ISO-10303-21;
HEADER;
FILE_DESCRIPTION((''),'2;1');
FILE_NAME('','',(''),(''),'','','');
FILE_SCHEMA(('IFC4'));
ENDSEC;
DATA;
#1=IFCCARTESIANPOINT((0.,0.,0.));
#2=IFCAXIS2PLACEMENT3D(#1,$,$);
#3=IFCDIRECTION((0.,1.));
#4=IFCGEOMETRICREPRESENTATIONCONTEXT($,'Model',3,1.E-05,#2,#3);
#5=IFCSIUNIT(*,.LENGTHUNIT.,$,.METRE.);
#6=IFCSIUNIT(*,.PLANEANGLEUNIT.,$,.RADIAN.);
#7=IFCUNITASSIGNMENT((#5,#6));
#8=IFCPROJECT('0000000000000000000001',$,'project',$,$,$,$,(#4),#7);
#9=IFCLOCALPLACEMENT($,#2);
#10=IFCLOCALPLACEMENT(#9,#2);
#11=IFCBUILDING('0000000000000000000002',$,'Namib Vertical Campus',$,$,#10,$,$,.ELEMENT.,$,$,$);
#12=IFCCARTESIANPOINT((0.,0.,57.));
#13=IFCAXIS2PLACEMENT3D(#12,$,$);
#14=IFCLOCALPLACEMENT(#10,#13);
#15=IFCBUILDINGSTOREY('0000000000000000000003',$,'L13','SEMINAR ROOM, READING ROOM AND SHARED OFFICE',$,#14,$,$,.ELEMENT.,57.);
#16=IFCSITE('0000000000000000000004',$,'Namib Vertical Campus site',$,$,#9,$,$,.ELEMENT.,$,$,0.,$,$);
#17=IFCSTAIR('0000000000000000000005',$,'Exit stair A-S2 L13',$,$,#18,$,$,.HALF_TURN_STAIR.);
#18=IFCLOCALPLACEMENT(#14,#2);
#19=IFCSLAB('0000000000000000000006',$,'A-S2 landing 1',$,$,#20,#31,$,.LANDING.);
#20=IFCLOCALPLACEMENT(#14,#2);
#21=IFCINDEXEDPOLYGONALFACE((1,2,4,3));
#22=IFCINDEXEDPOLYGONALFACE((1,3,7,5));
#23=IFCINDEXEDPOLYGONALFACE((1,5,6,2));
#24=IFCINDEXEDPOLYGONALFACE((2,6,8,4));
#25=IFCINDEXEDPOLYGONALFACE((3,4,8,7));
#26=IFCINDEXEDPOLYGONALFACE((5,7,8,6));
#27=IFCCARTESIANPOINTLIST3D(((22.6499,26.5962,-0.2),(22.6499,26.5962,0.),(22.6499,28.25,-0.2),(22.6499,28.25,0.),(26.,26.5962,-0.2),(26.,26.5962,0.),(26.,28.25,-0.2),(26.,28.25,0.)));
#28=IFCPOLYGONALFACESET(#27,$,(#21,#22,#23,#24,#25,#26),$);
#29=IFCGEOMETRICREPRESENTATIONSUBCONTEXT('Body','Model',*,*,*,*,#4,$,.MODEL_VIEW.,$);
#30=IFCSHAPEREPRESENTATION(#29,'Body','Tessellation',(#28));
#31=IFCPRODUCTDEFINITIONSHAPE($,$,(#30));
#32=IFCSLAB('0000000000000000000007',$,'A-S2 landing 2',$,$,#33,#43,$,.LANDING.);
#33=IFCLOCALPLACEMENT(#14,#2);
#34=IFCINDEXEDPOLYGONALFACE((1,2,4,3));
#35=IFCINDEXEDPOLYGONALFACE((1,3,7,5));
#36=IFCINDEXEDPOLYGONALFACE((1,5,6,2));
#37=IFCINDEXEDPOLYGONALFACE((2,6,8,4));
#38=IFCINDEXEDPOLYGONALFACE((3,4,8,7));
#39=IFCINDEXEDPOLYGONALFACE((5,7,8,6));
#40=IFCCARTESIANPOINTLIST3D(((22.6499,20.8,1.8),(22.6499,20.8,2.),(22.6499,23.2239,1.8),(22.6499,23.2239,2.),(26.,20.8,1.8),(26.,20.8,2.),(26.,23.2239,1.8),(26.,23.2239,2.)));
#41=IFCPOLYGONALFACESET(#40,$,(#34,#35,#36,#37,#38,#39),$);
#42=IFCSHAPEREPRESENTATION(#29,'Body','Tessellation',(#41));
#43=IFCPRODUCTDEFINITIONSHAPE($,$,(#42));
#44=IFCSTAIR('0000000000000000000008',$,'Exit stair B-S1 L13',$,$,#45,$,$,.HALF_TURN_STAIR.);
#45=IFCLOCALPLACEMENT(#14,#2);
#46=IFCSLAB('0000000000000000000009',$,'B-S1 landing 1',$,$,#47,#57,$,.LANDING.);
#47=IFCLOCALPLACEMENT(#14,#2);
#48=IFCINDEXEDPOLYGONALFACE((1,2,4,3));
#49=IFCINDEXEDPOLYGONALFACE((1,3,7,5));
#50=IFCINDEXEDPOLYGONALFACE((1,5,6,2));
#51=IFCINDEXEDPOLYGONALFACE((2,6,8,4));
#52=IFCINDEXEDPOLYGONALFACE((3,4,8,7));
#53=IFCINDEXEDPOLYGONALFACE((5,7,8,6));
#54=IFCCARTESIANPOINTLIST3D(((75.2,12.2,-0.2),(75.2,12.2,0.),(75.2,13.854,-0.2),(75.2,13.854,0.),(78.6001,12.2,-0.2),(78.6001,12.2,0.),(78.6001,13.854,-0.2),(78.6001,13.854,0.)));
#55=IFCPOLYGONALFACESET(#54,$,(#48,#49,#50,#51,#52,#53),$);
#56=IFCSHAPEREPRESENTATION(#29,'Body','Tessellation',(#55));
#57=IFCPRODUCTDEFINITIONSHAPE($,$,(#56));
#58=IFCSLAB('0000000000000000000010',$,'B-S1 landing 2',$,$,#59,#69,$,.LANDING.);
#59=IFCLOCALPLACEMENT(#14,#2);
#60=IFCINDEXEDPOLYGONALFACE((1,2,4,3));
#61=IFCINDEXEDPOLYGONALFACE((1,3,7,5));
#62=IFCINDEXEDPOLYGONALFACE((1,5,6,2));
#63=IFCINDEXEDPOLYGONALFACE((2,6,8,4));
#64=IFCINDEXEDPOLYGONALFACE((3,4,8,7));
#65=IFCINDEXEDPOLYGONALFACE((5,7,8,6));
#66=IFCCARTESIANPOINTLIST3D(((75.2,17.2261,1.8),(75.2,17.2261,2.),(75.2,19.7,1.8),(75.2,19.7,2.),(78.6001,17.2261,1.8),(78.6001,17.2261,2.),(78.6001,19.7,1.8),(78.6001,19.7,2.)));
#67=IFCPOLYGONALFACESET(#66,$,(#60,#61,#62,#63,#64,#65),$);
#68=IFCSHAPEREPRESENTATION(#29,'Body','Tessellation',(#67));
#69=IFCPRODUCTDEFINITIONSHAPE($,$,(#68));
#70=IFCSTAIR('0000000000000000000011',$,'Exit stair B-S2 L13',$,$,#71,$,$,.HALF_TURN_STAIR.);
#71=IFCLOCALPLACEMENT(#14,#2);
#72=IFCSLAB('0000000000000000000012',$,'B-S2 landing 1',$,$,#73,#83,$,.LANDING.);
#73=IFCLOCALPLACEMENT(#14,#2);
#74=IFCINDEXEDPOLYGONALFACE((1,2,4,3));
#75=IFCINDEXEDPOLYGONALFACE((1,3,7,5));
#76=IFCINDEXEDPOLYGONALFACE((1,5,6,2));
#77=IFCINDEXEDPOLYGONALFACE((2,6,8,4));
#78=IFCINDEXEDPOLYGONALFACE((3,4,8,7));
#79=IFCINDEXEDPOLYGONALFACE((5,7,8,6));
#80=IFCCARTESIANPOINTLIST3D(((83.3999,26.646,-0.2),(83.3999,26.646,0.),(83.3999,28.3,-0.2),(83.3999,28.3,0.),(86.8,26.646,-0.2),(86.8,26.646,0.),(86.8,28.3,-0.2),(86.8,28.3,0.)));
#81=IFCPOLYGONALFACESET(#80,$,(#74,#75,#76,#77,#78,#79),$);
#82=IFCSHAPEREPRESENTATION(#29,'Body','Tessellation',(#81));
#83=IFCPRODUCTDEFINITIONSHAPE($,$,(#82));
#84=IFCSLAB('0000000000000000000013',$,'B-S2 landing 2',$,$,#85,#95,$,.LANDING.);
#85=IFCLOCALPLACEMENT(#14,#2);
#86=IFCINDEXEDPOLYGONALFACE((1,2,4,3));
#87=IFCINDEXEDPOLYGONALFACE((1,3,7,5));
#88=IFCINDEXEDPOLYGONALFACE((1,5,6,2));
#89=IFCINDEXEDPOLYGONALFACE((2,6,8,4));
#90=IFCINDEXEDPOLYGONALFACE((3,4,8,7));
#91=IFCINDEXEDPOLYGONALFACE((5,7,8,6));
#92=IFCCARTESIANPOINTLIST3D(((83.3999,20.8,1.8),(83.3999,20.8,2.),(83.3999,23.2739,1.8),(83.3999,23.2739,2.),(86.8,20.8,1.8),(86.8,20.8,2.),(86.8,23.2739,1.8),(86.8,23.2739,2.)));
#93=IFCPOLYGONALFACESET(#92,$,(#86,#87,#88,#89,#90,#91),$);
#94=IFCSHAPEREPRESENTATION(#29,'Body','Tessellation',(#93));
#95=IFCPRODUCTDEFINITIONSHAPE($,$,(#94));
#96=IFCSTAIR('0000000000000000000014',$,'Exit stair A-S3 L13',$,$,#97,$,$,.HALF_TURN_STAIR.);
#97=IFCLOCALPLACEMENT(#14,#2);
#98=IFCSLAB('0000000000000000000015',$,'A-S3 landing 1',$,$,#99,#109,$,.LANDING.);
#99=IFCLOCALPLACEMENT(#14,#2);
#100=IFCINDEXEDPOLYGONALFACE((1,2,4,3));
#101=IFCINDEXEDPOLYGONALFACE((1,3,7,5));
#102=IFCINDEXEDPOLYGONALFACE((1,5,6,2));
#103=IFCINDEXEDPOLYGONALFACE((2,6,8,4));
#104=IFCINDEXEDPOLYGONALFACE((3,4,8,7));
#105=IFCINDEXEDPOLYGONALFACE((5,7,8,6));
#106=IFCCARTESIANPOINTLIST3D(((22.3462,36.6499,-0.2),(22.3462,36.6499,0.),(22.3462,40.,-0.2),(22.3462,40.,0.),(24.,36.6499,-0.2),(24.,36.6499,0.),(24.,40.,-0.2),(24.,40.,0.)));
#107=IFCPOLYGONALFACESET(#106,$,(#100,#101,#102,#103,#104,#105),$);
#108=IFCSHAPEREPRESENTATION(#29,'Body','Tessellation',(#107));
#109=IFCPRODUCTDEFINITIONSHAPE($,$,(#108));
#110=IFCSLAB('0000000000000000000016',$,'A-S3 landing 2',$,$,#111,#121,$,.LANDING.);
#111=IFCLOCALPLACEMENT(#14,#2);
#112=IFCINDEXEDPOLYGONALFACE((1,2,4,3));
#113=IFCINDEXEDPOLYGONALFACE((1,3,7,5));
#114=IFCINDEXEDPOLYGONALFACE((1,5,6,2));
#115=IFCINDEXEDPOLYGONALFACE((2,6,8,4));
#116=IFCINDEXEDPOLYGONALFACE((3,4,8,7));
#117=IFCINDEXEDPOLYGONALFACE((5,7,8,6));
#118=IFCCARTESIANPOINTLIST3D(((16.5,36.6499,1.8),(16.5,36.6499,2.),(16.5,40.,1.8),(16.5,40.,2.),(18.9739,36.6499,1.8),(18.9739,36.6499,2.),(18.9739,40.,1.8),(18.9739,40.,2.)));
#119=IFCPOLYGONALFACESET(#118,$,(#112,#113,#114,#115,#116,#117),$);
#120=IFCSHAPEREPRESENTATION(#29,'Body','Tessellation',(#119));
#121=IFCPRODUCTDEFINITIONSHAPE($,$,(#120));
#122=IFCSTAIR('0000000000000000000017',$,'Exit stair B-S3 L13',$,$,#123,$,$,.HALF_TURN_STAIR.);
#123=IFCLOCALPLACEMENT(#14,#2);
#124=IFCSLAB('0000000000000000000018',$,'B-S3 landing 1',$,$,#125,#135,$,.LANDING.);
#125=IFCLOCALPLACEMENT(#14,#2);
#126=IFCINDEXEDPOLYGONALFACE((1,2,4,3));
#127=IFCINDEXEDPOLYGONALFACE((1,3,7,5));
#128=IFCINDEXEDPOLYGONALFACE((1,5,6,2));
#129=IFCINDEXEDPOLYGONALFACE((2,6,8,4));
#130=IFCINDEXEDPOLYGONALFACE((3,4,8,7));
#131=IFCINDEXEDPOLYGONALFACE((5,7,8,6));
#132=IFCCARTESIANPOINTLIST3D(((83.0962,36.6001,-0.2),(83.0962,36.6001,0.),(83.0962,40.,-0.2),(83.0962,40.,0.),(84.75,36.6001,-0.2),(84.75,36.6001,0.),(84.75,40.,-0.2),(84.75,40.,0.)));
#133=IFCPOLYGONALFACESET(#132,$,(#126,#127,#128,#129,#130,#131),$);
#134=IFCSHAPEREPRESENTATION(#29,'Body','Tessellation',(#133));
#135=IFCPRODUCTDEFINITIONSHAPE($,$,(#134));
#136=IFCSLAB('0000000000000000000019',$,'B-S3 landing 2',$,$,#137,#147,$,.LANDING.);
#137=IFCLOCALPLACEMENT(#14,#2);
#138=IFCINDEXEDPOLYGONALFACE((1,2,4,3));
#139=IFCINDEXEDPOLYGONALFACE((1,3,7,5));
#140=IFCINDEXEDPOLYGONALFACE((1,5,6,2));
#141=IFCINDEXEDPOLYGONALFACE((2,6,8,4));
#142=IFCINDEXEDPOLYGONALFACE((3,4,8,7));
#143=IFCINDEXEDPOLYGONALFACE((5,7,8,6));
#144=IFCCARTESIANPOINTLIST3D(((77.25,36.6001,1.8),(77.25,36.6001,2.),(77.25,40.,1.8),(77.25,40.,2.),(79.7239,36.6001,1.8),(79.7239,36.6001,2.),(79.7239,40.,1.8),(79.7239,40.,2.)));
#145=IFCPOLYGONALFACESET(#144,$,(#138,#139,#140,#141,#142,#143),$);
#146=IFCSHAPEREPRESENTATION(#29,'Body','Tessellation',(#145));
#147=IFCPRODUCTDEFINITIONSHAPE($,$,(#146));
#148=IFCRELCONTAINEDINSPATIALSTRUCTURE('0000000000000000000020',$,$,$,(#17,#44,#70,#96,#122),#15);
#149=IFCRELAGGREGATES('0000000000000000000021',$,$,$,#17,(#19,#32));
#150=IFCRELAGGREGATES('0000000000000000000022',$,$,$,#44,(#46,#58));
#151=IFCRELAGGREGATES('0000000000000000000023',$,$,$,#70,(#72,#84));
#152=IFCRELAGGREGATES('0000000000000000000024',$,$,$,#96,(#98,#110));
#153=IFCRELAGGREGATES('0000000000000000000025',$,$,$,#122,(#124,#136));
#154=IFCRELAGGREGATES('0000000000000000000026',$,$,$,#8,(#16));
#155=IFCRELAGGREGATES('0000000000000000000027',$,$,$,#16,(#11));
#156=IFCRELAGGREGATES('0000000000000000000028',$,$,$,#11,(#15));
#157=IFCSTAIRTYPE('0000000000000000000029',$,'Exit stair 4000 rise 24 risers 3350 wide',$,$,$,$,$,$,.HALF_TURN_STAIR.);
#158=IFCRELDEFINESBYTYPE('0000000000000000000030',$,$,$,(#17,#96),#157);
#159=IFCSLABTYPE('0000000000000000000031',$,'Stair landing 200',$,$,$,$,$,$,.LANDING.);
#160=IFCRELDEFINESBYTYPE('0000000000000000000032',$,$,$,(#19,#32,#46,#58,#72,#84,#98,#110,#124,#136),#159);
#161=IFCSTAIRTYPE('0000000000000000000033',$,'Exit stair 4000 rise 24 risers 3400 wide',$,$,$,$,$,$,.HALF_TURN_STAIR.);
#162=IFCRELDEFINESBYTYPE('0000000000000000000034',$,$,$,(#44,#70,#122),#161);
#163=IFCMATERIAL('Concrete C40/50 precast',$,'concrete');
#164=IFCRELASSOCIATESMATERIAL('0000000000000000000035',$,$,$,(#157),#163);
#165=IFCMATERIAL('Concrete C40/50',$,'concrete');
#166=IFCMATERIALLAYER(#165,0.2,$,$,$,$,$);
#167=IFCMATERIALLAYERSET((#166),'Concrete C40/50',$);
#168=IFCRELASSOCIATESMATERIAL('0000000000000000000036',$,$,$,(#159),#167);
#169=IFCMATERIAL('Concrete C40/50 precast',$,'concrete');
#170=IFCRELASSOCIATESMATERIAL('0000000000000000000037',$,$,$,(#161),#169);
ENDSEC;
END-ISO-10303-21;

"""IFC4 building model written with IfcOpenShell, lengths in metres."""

from ifc_helpers import new_model, si_unit, direction, frame, origin, place, context, subcontext, project, spatial, polyline, outline, extrude, material, layer, layer_set, type_object, element, aggregate, save


model = new_model("IFC4")

# Units and contexts
model_context = context("Model", 3, precision=1e-05, world=origin(), true_north=direction((0.0, 1.0)))
body_context = subcontext(model_context, "Body", "Model", "MODEL_VIEW")
ifc_project = project(units=[si_unit("LENGTHUNIT", "METRE"), si_unit("PLANEANGLEUNIT", "RADIAN")], contexts=[model_context])

# Site, building, storey
site_placement = place(None, origin())
site = spatial("IfcSite", under=ifc_project, at=site_placement, Name="Namib Vertical Campus site", CompositionType="ELEMENT", RefElevation=0.0)
building_placement = place(site_placement, origin())
building = spatial("IfcBuilding", under=site, at=building_placement, Name="Namib Vertical Campus", CompositionType="ELEMENT")
storey_placement = place(building_placement, frame((0.0, 0.0, 57.0)))
storey = spatial("IfcBuildingStorey", under=building, at=storey_placement, Name="L13", Description="SEMINAR ROOM, READING ROOM AND SHARED OFFICE", CompositionType="ELEMENT", Elevation=57.0)

# Stairs, slabs
ifc_material_1 = material(Name="Concrete C40/50 precast", Category="concrete")
stair_type_1 = type_object("IfcStairType", Name="Exit stair 4000 rise 24 risers 3350 wide", PredefinedType="HALF_TURN_STAIR", material=ifc_material_1)
ifc_material_2 = material(Name="Concrete C40/50", Category="concrete")
ifc_layer_1 = layer(ifc_material_2, 0.2)
ifc_layer_set_1 = layer_set([ifc_layer_1], Name="Concrete C40/50")
slab_type_1 = type_object("IfcSlabType", Name="Stair landing 200", PredefinedType="LANDING", material=ifc_layer_set_1)
stair_1_placement = place(storey_placement, origin())
stair_1 = element("IfcStair", 1, at=stair_1_placement, inside=storey, type_object=stair_type_1, Name="Exit stair A-S2 L13", PredefinedType="HALF_TURN_STAIR")
slab_1_placement = place(storey_placement, frame((0.0, 0.0, -0.2)))
slab_1 = element("IfcSlab", 2, at=slab_1_placement, type_object=slab_type_1, Name="A-S2 landing 1", PredefinedType="LANDING", context=body_context, shape_type="SweptSolid", body=[
    extrude(outline(polyline([(22.6499, 26.5962), (26.0, 26.5962), (26.0, 28.25), (22.6499, 28.25), (22.6499, 26.5962)])), origin(), (0.0, 0.0, 1.0), 0.2),
])
slab_2_placement = place(storey_placement, frame((0.0, 0.0, 1.8)))
slab_2 = element("IfcSlab", 3, at=slab_2_placement, type_object=slab_type_1, Name="A-S2 landing 2", PredefinedType="LANDING", context=body_context, shape_type="SweptSolid", body=[
    extrude(outline(polyline([(22.6499, 20.8), (26.0, 20.8), (26.0, 23.2239), (22.6499, 23.2239), (22.6499, 20.8)])), origin(), (0.0, 0.0, 1.0), 0.2),
])
aggregate(stair_1, [slab_1, slab_2])
ifc_material_3 = material(Name="Concrete C40/50 precast", Category="concrete")
stair_type_2 = type_object("IfcStairType", Name="Exit stair 4000 rise 24 risers 3400 wide", PredefinedType="HALF_TURN_STAIR", material=ifc_material_3)
stair_2_placement = place(storey_placement, origin())
stair_2 = element("IfcStair", 4, at=stair_2_placement, inside=storey, type_object=stair_type_2, Name="Exit stair B-S1 L13", PredefinedType="HALF_TURN_STAIR")
slab_3_placement = place(storey_placement, frame((0.0, 0.0, -0.2)))
slab_3 = element("IfcSlab", 5, at=slab_3_placement, type_object=slab_type_1, Name="B-S1 landing 1", PredefinedType="LANDING", context=body_context, shape_type="SweptSolid", body=[
    extrude(outline(polyline([(75.2, 12.2), (78.6001, 12.2), (78.6001, 13.854), (75.2, 13.854), (75.2, 12.2)])), origin(), (0.0, 0.0, 1.0), 0.2),
])
slab_4_placement = place(storey_placement, frame((0.0, 0.0, 1.8)))
slab_4 = element("IfcSlab", 6, at=slab_4_placement, type_object=slab_type_1, Name="B-S1 landing 2", PredefinedType="LANDING", context=body_context, shape_type="SweptSolid", body=[
    extrude(outline(polyline([(75.2, 17.2261), (78.6001, 17.2261), (78.6001, 19.7), (75.2, 19.7), (75.2, 17.2261)])), origin(), (0.0, 0.0, 1.0), 0.2),
])
aggregate(stair_2, [slab_3, slab_4])
stair_3_placement = place(storey_placement, origin())
stair_3 = element("IfcStair", 7, at=stair_3_placement, inside=storey, type_object=stair_type_2, Name="Exit stair B-S2 L13", PredefinedType="HALF_TURN_STAIR")
slab_5_placement = place(storey_placement, frame((0.0, 0.0, -0.2)))
slab_5 = element("IfcSlab", 8, at=slab_5_placement, type_object=slab_type_1, Name="B-S2 landing 1", PredefinedType="LANDING", context=body_context, shape_type="SweptSolid", body=[
    extrude(outline(polyline([(83.3999, 26.646), (86.8, 26.646), (86.8, 28.3), (83.3999, 28.3), (83.3999, 26.646)])), origin(), (0.0, 0.0, 1.0), 0.2),
])
slab_6_placement = place(storey_placement, frame((0.0, 0.0, 1.8)))
slab_6 = element("IfcSlab", 9, at=slab_6_placement, type_object=slab_type_1, Name="B-S2 landing 2", PredefinedType="LANDING", context=body_context, shape_type="SweptSolid", body=[
    extrude(outline(polyline([(83.3999, 20.8), (86.8, 20.8), (86.8, 23.2739), (83.3999, 23.2739), (83.3999, 20.8)])), origin(), (0.0, 0.0, 1.0), 0.2),
])
aggregate(stair_3, [slab_5, slab_6])
stair_4_placement = place(storey_placement, origin())
stair_4 = element("IfcStair", 10, at=stair_4_placement, inside=storey, type_object=stair_type_1, Name="Exit stair A-S3 L13", PredefinedType="HALF_TURN_STAIR")
slab_7_placement = place(storey_placement, frame((0.0, 0.0, -0.2)))
slab_7 = element("IfcSlab", 11, at=slab_7_placement, type_object=slab_type_1, Name="A-S3 landing 1", PredefinedType="LANDING", context=body_context, shape_type="SweptSolid", body=[
    extrude(outline(polyline([(22.3462, 36.6499), (22.3462, 40.0), (24.0, 40.0), (24.0, 36.6499), (22.3462, 36.6499)])), origin(), (0.0, 0.0, 1.0), 0.2),
])
slab_8_placement = place(storey_placement, frame((0.0, 0.0, 1.8)))
slab_8 = element("IfcSlab", 12, at=slab_8_placement, type_object=slab_type_1, Name="A-S3 landing 2", PredefinedType="LANDING", context=body_context, shape_type="SweptSolid", body=[
    extrude(outline(polyline([(16.5, 36.6499), (16.5, 40.0), (18.9739, 40.0), (18.9739, 36.6499), (16.5, 36.6499)])), origin(), (0.0, 0.0, 1.0), 0.2),
])
aggregate(stair_4, [slab_7, slab_8])
stair_5_placement = place(storey_placement, origin())
stair_5 = element("IfcStair", 13, at=stair_5_placement, inside=storey, type_object=stair_type_2, Name="Exit stair B-S3 L13", PredefinedType="HALF_TURN_STAIR")
slab_9_placement = place(storey_placement, frame((0.0, 0.0, -0.2)))
slab_9 = element("IfcSlab", 14, at=slab_9_placement, type_object=slab_type_1, Name="B-S3 landing 1", PredefinedType="LANDING", context=body_context, shape_type="SweptSolid", body=[
    extrude(outline(polyline([(83.0962, 36.6001), (83.0962, 40.0), (84.75, 40.0), (84.75, 36.6001), (83.0962, 36.6001)])), origin(), (0.0, 0.0, 1.0), 0.2),
])
slab_10_placement = place(storey_placement, frame((0.0, 0.0, 1.8)))
slab_10 = element("IfcSlab", 15, at=slab_10_placement, type_object=slab_type_1, Name="B-S3 landing 2", PredefinedType="LANDING", context=body_context, shape_type="SweptSolid", body=[
    extrude(outline(polyline([(77.25, 36.6001), (77.25, 40.0), (79.7239, 40.0), (79.7239, 36.6001), (77.25, 36.6001)])), origin(), (0.0, 0.0, 1.0), 0.2),
])
aggregate(stair_5, [slab_9, slab_10])

save(model, "model.ifc")
